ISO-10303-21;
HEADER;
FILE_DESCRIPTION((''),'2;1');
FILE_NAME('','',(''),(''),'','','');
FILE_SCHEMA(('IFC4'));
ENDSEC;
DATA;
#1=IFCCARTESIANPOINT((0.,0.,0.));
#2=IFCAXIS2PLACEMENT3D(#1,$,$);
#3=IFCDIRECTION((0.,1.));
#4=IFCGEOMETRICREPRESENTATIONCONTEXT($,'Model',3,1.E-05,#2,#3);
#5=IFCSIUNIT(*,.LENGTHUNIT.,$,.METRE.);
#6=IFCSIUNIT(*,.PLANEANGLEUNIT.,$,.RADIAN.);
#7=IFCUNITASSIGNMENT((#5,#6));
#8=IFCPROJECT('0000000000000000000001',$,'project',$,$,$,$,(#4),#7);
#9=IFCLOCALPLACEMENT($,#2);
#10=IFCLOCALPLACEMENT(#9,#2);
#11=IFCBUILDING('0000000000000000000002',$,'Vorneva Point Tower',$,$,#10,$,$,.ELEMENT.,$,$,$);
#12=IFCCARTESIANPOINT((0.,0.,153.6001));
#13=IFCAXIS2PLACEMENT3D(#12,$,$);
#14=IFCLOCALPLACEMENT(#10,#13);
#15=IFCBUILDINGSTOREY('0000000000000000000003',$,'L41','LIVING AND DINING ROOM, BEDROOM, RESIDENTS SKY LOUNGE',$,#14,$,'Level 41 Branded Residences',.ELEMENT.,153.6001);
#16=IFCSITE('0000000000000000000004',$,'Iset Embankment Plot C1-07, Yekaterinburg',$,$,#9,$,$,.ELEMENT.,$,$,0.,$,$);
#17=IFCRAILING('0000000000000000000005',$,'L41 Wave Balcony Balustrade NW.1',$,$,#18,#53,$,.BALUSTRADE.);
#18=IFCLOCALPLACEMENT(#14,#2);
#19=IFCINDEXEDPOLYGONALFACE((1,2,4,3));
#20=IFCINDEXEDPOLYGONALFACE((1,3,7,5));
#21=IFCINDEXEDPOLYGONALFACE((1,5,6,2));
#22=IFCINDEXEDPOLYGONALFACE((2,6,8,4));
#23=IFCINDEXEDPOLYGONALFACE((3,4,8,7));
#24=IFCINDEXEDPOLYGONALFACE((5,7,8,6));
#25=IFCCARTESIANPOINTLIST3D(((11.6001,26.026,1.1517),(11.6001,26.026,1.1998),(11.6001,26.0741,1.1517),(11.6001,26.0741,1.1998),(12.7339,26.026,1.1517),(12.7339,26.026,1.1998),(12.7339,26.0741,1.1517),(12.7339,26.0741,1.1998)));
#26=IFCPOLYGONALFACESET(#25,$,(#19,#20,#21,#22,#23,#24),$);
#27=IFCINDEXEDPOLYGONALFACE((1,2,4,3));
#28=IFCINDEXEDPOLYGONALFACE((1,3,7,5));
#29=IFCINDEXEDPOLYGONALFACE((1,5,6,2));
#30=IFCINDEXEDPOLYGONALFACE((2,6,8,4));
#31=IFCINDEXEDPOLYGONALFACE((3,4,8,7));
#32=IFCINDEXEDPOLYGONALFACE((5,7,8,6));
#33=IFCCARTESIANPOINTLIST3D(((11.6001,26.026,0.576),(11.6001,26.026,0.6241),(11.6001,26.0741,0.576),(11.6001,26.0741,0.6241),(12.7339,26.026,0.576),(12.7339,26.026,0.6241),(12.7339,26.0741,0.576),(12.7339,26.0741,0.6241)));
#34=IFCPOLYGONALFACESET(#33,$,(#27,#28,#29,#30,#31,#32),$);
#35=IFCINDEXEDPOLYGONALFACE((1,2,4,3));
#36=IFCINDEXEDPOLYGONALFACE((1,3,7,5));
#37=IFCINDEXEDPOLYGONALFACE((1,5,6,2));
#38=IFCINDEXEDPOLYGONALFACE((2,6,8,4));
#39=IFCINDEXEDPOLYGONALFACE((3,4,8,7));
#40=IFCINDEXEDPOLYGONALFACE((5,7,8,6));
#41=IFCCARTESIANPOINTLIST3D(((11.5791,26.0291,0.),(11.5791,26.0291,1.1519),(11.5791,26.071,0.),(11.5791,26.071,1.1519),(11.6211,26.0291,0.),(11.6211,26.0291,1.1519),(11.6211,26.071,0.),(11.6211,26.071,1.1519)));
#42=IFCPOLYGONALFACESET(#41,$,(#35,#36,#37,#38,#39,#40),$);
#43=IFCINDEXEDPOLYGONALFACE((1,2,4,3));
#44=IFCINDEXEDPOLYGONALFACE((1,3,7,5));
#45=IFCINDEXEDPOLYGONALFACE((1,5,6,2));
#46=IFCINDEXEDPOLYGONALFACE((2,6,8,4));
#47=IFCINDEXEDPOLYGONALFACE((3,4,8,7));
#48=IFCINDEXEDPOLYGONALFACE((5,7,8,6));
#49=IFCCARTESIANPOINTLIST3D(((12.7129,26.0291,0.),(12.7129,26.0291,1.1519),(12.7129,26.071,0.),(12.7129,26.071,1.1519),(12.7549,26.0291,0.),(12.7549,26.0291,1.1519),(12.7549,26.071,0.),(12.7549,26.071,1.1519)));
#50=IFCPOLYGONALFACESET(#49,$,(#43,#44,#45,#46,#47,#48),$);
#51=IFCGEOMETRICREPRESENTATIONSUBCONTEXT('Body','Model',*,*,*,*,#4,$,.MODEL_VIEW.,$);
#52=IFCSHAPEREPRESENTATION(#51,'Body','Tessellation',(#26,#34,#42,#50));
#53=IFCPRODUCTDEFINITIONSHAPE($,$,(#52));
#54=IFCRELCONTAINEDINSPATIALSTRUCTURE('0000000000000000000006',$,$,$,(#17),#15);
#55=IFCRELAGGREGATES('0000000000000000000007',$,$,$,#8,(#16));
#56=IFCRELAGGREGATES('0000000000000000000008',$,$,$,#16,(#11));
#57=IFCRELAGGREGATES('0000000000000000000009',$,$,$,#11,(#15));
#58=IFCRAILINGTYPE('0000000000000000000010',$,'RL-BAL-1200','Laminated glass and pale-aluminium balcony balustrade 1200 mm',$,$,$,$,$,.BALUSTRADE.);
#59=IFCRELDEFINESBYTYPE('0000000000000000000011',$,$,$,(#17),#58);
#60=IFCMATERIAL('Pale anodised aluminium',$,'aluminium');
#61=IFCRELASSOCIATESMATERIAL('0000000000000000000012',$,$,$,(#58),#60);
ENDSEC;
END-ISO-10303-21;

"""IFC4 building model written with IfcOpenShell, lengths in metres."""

from ifc_helpers import new_model, si_unit, direction, frame, origin, origin_2d, place, context, subcontext, project, spatial, rectangle, extrude, material, type_object, element, save


model = new_model("IFC4")

# Units and contexts
model_context = context("Model", 3, precision=1e-05, world=origin(), true_north=direction((0.0, 1.0)))
body_context = subcontext(model_context, "Body", "Model", "MODEL_VIEW")
ifc_project = project(units=[si_unit("LENGTHUNIT", "METRE"), si_unit("PLANEANGLEUNIT", "RADIAN")], contexts=[model_context])

# Site, building, storey
site_placement = place(None, origin())
site = spatial("IfcSite", under=ifc_project, at=site_placement, Name="Iset Embankment Plot C1-07, Yekaterinburg", CompositionType="ELEMENT", RefElevation=0.0)
building_placement = place(site_placement, origin())
building = spatial("IfcBuilding", under=site, at=building_placement, Name="Vorneva Point Tower", CompositionType="ELEMENT")
storey_placement = place(building_placement, frame((0.0, 0.0, 153.6001)))
storey = spatial("IfcBuildingStorey", under=building, at=storey_placement, Name="L41", Description="LIVING AND DINING ROOM, BEDROOM, RESIDENTS SKY LOUNGE", LongName="Level 41 Branded Residences", CompositionType="ELEMENT", Elevation=153.6001)

# Shared definitions
ifc_material_1 = material(Name="Pale anodised aluminium", Category="aluminium")

# Railing
railing_type = type_object("IfcRailingType", Name="RL-BAL-1200", Description="Laminated glass and pale-aluminium balcony balustrade 1200 mm", PredefinedType="BALUSTRADE", material=ifc_material_1)
railing_placement = place(storey_placement, frame((11.6001, 26.05, 0.0)))
element("IfcRailing", 1, at=railing_placement, inside=storey, type_object=railing_type, Name="L41 Wave Balcony Balustrade NW.1", PredefinedType="BALUSTRADE", context=body_context, shape_type="SweptSolid", body=[
    extrude(rectangle(XDim=0.0481, YDim=0.0481, at=origin_2d()), frame((0.0, 0.0, 1.1758), z_axis=(1.0, 0.0, 0.0), x_axis=(0.0, 1.0, 0.0)), (0.0, 0.0, 1.0), 1.1338),
    extrude(rectangle(XDim=0.0481, YDim=0.0481, at=origin_2d()), frame((0.0, 0.0, 0.6001), z_axis=(1.0, 0.0, 0.0), x_axis=(0.0, 1.0, 0.0)), (0.0, 0.0, 1.0), 1.1338),
    extrude(rectangle(XDim=0.042, YDim=0.042, at=origin_2d()), origin(), (0.0, 0.0, 1.0), 1.1519),
    extrude(rectangle(XDim=0.042, YDim=0.042, at=origin_2d()), frame((1.1338, 0.0, 0.0)), (0.0, 0.0, 1.0), 1.1519),
])

save(model, "model.ifc")
